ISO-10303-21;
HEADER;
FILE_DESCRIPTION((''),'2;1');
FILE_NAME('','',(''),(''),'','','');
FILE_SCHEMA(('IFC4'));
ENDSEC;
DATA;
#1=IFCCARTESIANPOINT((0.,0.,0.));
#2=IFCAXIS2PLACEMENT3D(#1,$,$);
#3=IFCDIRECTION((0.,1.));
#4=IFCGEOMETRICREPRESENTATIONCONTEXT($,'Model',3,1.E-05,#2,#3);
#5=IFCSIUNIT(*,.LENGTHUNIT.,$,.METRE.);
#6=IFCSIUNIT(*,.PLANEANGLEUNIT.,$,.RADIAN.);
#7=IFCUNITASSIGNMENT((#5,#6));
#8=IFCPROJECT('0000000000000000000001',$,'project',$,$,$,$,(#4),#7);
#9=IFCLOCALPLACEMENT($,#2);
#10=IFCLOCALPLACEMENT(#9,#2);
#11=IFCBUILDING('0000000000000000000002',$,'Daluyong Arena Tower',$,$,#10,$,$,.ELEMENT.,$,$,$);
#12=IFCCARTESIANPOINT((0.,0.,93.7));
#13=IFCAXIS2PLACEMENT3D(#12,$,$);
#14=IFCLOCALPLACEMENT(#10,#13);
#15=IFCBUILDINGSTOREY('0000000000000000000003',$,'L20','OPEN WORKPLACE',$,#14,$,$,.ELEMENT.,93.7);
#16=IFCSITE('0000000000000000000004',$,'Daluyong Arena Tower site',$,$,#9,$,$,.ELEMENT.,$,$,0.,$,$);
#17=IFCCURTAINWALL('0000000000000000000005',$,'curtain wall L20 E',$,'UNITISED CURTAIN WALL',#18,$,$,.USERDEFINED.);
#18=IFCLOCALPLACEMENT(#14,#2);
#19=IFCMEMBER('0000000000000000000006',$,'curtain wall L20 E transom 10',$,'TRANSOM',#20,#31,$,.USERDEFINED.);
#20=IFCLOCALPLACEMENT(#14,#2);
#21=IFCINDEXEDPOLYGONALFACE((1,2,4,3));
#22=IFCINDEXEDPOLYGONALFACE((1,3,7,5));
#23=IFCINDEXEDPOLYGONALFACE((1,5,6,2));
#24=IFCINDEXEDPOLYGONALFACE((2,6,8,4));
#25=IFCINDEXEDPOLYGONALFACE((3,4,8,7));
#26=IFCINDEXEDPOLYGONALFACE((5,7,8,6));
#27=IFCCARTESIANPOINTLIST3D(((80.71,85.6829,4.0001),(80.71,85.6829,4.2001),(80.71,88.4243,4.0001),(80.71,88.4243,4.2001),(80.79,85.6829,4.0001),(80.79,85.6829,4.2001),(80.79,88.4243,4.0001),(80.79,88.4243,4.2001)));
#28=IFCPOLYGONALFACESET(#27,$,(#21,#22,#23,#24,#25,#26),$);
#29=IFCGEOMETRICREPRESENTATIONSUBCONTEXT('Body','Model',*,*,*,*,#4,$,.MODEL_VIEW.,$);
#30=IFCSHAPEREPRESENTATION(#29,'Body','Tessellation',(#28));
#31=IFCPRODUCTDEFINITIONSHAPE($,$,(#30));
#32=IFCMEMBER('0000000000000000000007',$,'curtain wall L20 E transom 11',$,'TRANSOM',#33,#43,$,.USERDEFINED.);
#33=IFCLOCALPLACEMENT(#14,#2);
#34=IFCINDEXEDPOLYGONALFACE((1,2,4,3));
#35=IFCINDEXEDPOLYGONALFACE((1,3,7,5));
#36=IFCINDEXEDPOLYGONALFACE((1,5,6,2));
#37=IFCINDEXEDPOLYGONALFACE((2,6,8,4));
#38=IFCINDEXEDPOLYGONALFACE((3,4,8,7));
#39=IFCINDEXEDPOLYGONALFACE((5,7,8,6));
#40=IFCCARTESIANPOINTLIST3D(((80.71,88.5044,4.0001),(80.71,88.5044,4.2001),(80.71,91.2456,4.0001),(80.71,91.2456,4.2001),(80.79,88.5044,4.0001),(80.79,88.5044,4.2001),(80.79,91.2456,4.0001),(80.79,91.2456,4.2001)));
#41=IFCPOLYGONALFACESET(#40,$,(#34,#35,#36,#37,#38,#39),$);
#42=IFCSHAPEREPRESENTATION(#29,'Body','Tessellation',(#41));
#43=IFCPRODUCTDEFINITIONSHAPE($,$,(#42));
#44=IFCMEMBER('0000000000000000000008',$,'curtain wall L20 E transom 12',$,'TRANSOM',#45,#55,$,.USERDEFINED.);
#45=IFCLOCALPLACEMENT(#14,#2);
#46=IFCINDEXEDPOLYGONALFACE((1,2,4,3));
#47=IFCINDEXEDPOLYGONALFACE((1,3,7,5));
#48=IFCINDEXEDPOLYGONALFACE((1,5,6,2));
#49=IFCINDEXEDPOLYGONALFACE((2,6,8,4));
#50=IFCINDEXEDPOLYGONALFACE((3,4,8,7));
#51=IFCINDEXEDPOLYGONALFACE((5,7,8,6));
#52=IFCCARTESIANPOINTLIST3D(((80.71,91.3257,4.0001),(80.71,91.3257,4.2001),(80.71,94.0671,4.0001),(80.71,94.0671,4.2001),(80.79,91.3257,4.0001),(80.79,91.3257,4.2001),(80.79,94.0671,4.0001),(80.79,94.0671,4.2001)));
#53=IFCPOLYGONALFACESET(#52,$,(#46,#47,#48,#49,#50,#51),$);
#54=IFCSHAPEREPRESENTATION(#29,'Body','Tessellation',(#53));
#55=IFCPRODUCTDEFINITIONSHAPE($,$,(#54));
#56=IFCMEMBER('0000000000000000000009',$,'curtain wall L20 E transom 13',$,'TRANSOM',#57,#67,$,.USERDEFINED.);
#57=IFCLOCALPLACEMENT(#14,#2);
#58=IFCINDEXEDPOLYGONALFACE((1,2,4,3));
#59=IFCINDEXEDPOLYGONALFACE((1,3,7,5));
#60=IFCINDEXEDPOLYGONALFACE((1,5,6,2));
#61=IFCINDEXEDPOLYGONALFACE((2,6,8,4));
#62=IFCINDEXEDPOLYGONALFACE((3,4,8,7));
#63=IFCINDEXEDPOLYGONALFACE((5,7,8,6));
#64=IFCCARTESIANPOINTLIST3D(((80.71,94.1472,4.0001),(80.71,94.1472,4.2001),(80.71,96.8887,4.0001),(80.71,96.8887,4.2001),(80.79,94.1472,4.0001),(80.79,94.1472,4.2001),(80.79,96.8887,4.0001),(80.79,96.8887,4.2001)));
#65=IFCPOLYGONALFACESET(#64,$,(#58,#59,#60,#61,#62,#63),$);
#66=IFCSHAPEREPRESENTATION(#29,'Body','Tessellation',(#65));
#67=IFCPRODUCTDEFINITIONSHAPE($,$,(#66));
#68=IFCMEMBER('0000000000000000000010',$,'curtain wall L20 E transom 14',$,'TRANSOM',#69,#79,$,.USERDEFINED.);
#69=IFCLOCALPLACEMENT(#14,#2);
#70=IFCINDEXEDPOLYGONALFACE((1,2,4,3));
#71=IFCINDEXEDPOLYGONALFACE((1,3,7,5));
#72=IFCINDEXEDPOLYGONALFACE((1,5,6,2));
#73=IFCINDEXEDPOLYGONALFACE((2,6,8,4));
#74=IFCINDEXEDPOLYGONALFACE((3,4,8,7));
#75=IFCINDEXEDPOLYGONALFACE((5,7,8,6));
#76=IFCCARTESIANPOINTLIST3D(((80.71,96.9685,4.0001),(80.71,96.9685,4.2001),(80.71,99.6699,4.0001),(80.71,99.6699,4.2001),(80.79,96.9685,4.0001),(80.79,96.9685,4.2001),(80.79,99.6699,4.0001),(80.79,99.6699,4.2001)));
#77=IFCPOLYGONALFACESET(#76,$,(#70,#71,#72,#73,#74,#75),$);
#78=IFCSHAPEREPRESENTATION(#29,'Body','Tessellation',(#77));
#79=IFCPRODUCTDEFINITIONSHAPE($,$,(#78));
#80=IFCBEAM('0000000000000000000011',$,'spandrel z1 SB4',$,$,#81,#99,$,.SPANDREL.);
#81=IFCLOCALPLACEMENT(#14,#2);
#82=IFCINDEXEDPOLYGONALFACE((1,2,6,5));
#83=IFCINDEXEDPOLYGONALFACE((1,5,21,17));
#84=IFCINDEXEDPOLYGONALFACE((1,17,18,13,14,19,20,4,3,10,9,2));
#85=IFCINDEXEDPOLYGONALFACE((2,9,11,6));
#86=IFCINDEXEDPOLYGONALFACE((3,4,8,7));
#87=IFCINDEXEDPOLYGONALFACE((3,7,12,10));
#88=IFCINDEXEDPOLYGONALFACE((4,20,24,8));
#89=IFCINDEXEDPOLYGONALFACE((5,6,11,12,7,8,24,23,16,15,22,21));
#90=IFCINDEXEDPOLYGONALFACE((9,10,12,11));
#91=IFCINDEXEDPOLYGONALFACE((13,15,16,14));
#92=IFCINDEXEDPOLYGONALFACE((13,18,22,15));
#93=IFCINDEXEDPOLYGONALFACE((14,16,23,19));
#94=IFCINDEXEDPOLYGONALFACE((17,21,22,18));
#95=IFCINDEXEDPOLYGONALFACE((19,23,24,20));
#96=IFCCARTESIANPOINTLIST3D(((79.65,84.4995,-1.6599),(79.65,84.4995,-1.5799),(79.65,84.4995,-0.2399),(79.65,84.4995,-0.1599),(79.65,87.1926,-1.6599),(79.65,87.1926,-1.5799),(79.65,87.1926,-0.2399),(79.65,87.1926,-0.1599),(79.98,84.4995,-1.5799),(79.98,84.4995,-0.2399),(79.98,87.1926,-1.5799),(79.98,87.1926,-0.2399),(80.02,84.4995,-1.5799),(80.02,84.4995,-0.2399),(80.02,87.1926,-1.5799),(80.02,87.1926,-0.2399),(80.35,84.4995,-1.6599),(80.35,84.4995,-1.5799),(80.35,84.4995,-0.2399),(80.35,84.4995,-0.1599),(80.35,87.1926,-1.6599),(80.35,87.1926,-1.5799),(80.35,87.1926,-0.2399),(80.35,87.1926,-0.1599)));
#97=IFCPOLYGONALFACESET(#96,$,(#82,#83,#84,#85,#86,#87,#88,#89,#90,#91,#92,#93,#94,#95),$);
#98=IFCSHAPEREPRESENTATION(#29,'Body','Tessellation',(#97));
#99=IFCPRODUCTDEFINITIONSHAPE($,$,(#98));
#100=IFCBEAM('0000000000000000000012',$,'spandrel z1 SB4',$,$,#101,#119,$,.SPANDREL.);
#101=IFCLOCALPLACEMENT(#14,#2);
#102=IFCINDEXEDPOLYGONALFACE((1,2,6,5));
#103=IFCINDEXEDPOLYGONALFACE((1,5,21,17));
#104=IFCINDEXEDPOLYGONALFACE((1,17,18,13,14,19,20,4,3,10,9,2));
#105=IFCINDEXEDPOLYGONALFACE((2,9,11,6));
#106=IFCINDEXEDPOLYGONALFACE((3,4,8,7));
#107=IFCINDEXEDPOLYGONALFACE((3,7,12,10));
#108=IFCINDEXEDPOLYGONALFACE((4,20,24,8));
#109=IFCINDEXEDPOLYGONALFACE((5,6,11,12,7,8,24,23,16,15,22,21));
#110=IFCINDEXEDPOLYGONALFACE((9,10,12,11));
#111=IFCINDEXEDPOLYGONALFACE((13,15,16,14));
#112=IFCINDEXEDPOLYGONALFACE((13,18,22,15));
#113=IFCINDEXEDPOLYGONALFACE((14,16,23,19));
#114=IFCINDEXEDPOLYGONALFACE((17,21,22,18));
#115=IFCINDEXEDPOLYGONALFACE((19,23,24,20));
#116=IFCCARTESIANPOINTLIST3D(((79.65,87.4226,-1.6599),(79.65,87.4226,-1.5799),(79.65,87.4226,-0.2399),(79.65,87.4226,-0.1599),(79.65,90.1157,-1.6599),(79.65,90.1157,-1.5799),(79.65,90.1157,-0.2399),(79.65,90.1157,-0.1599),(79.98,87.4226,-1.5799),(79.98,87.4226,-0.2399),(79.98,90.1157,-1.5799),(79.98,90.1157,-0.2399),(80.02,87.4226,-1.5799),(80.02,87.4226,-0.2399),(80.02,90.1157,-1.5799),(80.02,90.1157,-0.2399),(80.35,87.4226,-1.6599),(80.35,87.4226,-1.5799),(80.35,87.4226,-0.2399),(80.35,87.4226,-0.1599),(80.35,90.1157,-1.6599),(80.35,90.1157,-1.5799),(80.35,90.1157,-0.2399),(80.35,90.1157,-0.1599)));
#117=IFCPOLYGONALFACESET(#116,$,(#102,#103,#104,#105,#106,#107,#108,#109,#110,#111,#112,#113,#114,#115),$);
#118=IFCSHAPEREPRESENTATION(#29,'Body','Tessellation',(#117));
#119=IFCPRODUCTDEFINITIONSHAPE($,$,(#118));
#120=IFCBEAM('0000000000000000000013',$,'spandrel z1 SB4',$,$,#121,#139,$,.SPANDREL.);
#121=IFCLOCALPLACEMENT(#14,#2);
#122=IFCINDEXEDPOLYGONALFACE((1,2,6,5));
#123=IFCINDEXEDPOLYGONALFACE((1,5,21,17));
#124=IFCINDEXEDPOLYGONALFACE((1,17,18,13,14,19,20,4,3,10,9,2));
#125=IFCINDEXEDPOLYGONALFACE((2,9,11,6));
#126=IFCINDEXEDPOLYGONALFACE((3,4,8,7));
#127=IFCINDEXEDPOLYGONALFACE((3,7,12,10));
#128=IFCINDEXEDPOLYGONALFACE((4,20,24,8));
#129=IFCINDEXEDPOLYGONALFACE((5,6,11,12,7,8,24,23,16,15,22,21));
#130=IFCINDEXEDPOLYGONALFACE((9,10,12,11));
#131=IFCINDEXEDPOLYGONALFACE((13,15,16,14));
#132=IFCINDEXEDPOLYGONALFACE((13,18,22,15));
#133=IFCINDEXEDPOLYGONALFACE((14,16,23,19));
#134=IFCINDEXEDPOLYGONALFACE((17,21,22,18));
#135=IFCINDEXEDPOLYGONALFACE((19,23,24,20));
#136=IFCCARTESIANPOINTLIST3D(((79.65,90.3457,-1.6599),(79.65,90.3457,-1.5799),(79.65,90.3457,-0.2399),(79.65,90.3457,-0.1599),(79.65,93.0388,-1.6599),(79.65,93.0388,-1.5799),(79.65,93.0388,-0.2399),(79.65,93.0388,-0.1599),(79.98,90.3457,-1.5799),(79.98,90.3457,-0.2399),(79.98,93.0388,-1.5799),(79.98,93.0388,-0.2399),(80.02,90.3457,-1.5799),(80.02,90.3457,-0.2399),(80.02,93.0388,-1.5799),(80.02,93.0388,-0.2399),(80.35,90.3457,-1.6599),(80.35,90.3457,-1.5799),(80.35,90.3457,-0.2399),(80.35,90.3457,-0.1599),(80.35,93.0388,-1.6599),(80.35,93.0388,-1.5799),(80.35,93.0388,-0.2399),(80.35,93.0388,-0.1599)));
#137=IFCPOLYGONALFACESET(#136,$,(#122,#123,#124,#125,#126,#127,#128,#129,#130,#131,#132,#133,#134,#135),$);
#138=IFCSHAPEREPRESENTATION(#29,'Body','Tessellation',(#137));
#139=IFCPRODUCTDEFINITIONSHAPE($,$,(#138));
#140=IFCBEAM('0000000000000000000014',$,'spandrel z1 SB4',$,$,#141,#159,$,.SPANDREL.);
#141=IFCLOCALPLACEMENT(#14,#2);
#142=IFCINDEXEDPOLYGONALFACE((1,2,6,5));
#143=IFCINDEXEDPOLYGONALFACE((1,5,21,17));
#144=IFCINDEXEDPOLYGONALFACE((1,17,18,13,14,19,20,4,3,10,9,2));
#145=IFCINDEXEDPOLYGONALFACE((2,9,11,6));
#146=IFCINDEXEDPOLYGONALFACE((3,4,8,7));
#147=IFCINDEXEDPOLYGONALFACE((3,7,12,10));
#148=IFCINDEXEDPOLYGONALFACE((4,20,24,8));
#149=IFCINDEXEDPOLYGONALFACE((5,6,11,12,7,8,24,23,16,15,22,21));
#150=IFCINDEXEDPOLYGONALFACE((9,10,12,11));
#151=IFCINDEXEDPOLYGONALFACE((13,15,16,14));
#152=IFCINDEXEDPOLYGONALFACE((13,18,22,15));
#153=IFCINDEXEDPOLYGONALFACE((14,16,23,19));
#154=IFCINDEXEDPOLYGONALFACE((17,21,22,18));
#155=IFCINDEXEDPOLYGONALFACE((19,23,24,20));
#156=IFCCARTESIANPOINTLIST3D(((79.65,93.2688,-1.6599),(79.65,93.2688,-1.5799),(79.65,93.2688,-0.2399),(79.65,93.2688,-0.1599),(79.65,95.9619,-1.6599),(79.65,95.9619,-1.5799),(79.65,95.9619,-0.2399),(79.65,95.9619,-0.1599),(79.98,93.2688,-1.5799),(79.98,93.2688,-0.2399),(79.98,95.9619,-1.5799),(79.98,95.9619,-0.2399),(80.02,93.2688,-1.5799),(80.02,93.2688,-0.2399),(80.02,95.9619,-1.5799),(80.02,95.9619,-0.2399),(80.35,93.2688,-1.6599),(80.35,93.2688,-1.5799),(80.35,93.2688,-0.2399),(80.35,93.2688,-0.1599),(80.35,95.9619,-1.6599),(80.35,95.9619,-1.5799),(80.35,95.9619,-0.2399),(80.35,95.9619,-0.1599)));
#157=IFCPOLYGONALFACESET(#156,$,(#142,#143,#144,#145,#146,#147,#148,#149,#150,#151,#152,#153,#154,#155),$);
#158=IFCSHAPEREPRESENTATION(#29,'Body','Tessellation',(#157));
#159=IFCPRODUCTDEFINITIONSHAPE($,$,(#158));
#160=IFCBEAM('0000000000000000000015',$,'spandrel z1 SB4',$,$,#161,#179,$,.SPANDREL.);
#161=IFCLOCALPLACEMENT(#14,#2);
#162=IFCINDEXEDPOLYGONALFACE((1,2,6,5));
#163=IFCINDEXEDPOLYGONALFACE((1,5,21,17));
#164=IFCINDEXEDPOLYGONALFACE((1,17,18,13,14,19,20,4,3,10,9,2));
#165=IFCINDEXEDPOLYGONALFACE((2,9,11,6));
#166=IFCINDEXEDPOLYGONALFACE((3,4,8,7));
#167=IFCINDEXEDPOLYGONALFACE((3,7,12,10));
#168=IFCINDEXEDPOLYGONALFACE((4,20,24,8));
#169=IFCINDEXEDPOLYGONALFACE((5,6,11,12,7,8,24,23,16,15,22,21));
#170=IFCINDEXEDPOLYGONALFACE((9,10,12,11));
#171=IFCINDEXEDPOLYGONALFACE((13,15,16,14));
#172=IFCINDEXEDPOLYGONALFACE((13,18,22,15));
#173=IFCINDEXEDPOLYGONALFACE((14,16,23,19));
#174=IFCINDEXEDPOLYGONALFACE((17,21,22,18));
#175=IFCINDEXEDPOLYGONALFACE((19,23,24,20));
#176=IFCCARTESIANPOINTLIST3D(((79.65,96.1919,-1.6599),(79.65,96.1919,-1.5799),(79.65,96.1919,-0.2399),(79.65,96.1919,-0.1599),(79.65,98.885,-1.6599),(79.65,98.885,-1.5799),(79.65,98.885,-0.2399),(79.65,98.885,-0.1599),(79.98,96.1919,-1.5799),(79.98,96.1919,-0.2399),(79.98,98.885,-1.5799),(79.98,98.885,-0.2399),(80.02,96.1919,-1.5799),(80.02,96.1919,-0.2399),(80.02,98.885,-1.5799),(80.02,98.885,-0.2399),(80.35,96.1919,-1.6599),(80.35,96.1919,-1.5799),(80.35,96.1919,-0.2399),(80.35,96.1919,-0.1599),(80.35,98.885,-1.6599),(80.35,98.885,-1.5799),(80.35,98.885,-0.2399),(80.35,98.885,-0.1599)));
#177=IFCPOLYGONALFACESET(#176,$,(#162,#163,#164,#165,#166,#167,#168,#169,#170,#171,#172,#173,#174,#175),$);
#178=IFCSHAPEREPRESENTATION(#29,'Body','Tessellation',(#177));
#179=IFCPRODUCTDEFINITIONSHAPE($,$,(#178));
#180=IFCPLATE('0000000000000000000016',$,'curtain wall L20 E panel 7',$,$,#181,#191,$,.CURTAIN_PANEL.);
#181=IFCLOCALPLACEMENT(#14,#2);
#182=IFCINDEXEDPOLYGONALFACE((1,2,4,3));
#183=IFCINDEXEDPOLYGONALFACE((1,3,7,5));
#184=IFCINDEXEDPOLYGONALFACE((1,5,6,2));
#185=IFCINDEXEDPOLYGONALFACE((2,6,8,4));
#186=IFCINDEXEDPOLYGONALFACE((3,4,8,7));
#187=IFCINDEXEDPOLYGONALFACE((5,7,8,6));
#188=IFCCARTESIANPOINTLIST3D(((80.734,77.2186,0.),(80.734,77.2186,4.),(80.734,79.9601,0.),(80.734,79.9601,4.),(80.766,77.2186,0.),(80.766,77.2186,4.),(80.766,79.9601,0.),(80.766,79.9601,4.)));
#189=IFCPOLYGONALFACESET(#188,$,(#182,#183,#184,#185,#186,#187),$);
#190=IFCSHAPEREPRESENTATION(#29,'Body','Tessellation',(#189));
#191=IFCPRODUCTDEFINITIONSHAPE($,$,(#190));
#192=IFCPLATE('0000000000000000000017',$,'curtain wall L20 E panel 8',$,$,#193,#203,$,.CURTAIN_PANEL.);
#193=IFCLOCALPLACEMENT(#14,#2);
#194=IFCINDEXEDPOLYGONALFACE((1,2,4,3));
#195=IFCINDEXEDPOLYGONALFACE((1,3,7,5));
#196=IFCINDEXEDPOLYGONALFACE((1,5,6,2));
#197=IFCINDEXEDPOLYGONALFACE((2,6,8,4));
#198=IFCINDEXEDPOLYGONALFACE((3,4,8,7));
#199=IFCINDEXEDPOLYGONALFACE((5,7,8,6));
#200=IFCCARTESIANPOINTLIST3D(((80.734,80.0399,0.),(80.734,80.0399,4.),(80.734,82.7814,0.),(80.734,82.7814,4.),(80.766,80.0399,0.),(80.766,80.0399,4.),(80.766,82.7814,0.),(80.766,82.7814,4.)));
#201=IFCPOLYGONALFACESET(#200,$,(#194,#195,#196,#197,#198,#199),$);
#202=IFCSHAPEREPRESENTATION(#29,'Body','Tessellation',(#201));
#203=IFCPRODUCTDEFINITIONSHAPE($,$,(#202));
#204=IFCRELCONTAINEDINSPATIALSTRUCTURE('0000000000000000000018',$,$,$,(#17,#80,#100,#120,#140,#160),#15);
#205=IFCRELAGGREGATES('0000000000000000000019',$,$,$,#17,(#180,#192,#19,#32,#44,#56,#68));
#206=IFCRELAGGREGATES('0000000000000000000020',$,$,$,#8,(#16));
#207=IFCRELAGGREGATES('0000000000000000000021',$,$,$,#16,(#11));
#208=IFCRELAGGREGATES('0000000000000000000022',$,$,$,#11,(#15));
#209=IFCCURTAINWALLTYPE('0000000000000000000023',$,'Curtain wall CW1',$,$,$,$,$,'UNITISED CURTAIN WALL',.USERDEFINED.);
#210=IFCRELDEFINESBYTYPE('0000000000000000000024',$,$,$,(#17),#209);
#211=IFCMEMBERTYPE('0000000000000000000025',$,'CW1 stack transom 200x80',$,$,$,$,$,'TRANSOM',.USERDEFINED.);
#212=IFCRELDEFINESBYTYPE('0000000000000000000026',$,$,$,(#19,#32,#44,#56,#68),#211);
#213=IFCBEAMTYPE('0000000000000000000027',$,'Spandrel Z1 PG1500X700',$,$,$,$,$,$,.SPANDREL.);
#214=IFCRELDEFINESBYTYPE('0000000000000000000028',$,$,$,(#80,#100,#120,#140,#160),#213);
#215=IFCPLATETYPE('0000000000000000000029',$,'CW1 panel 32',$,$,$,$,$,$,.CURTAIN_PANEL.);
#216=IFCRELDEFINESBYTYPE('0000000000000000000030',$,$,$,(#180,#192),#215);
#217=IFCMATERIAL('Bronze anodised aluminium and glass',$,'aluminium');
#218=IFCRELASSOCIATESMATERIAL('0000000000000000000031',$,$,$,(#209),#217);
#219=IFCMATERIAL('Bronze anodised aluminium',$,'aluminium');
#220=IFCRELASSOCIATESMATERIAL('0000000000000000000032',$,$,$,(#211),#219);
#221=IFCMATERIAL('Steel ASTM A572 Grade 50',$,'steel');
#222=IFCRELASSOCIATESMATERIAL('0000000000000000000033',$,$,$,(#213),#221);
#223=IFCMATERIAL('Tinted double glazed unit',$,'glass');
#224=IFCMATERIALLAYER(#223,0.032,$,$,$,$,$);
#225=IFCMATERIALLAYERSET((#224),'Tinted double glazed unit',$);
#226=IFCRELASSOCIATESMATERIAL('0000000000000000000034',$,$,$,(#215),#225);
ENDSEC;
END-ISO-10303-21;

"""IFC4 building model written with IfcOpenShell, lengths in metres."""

from ifc_helpers import new_model, si_unit, direction, frame, origin, origin_2d, place, context, subcontext, project, spatial, rectangle, i_section, extrude, material, layer, layer_set, material_profile, profile_set, type_object, element, aggregate, save


model = new_model("IFC4")

# Units and contexts
model_context = context("Model", 3, precision=1e-05, world=origin(), true_north=direction((0.0, 1.0)))
body_context = subcontext(model_context, "Body", "Model", "MODEL_VIEW")
ifc_project = project(units=[si_unit("LENGTHUNIT", "METRE"), si_unit("PLANEANGLEUNIT", "RADIAN")], contexts=[model_context])

# Site, building, storey
site_placement = place(None, origin())
site = spatial("IfcSite", under=ifc_project, at=site_placement, Name="Daluyong Arena Tower site", CompositionType="ELEMENT", RefElevation=0.0)
building_placement = place(site_placement, origin())
building = spatial("IfcBuilding", under=site, at=building_placement, Name="Daluyong Arena Tower", CompositionType="ELEMENT")
storey_placement = place(building_placement, frame((0.0, 0.0, 93.7)))
storey = spatial("IfcBuildingStorey", under=building, at=storey_placement, Name="L20", Description="OPEN WORKPLACE", CompositionType="ELEMENT", Elevation=93.7)

# Curtain wall, members
ifc_material_1 = material(Name="Bronze anodised aluminium and glass", Category="aluminium")
curtain_wall_type = type_object("IfcCurtainWallType", Name="Curtain wall CW1", ElementType="UNITISED CURTAIN WALL", PredefinedType="USERDEFINED", material=ifc_material_1)
curtain_wall_placement = place(storey_placement, origin())
curtain_wall = element("IfcCurtainWall", 1, at=curtain_wall_placement, inside=storey, type_object=curtain_wall_type, Name="curtain wall L20 E", ObjectType="UNITISED CURTAIN WALL", PredefinedType="USERDEFINED")
ifc_material_2 = material(Name="Bronze anodised aluminium", Category="aluminium")
ifc_material_profile_1 = material_profile(ifc_material_2, rectangle(XDim=0.0801, YDim=0.2, at=origin_2d()))
ifc_profile_set_1 = profile_set([ifc_material_profile_1], Name="Bronze anodised aluminium")
member_type_1 = type_object("IfcMemberType", Name="CW1 stack transom 200x80", ElementType="TRANSOM", PredefinedType="USERDEFINED", material=ifc_profile_set_1)
member_1_placement = place(storey_placement, frame((80.75, 85.6829, 4.1001), z_axis=(0.0, 1.0, 0.0), x_axis=(-1.0, 0.0, 0.0)))
member_1 = element("IfcMember", 2, at=member_1_placement, type_object=member_type_1, Name="curtain wall L20 E transom 10", ObjectType="TRANSOM", PredefinedType="USERDEFINED", context=body_context, shape_type="SweptSolid", body=[
    extrude(rectangle(XDim=0.0801, YDim=0.2, at=origin_2d()), origin(), (0.0, 0.0, 1.0), 2.7415),
])
member_2_placement = place(storey_placement, frame((80.75, 88.5044, 4.1001), z_axis=(0.0, 1.0, 0.0), x_axis=(-1.0, 0.0, 0.0)))
member_2 = element("IfcMember", 3, at=member_2_placement, type_object=member_type_1, Name="curtain wall L20 E transom 11", ObjectType="TRANSOM", PredefinedType="USERDEFINED", context=body_context, shape_type="SweptSolid", body=[
    extrude(rectangle(XDim=0.0801, YDim=0.2, at=origin_2d()), origin(), (0.0, 0.0, 1.0), 2.7412),
])
member_3_placement = place(storey_placement, frame((80.75, 91.3257, 4.1001), z_axis=(0.0, 1.0, 0.0), x_axis=(-1.0, 0.0, 0.0)))
member_3 = element("IfcMember", 4, at=member_3_placement, type_object=member_type_1, Name="curtain wall L20 E transom 12", ObjectType="TRANSOM", PredefinedType="USERDEFINED", context=body_context, shape_type="SweptSolid", body=[
    extrude(rectangle(XDim=0.0801, YDim=0.2, at=origin_2d()), origin(), (0.0, 0.0, 1.0), 2.7415),
])
member_4_placement = place(storey_placement, frame((80.75, 94.1472, 4.1001), z_axis=(0.0, 1.0, 0.0), x_axis=(-1.0, 0.0, 0.0)))
member_4 = element("IfcMember", 5, at=member_4_placement, type_object=member_type_1, Name="curtain wall L20 E transom 13", ObjectType="TRANSOM", PredefinedType="USERDEFINED", context=body_context, shape_type="SweptSolid", body=[
    extrude(rectangle(XDim=0.0801, YDim=0.2, at=origin_2d()), origin(), (0.0, 0.0, 1.0), 2.7415),
])
member_5_placement = place(storey_placement, frame((80.75, 96.9685, 4.1001), z_axis=(0.0, 1.0, 0.0), x_axis=(-1.0, 0.0, 0.0)))
member_5 = element("IfcMember", 6, at=member_5_placement, type_object=member_type_1, Name="curtain wall L20 E transom 14", ObjectType="TRANSOM", PredefinedType="USERDEFINED", context=body_context, shape_type="SweptSolid", body=[
    extrude(rectangle(XDim=0.0801, YDim=0.2, at=origin_2d()), origin(), (0.0, 0.0, 1.0), 2.7014),
])

# Beams
ifc_material_3 = material(Name="Steel ASTM A572 Grade 50", Category="steel")
ifc_material_profile_2 = material_profile(ifc_material_3, i_section(OverallWidth=0.7, OverallDepth=1.5, WebThickness=0.04, FlangeThickness=0.08, at=origin_2d()))
ifc_profile_set_2 = profile_set([ifc_material_profile_2], Name="Steel ASTM A572 Grade 50")
beam_type = type_object("IfcBeamType", Name="Spandrel Z1 PG1500X700", PredefinedType="SPANDREL", material=ifc_profile_set_2)
for number, where, z_axis, x_axis, name in (
    (7, (80.0, 84.4995, -0.9099), (0.0, 1.0, 0.0), (-1.0, 0.0, 0.0), "spandrel z1 SB4"),
    (8, (80.0, 87.4226, -0.9099), (0.0, 1.0, 0.0), (-1.0, 0.0, 0.0), "spandrel z1 SB4"),
    (9, (80.0, 90.3457, -0.9099), (0.0, 1.0, 0.0), (-1.0, 0.0, 0.0), "spandrel z1 SB4"),
    (10, (80.0, 93.2688, -0.9099), (0.0, 1.0, 0.0), (-1.0, 0.0, 0.0), "spandrel z1 SB4"),
    (11, (80.0, 96.1919, -0.9099), (0.0, 1.0, 0.0), (-1.0, 0.0, 0.0), "spandrel z1 SB4"),
):
    element("IfcBeam", number, at=place(storey_placement, frame(where, z_axis=z_axis, x_axis=x_axis)), inside=storey, type_object=beam_type, Name=name, PredefinedType="SPANDREL", context=body_context, shape_type="SweptSolid", body=[
        extrude(i_section(OverallWidth=0.7, OverallDepth=1.5, WebThickness=0.04, FlangeThickness=0.08, at=origin_2d()), origin(), (0.0, 0.0, 1.0), 2.6931),
    ])

# Plates
ifc_material_4 = material(Name="Tinted double glazed unit", Category="glass")
ifc_layer = layer(ifc_material_4, 0.032)
ifc_layer_set = layer_set([ifc_layer], Name="Tinted double glazed unit")
plate_type = type_object("IfcPlateType", Name="CW1 panel 32", PredefinedType="CURTAIN_PANEL", material=ifc_layer_set)
plate_1_placement = place(storey_placement, frame((80.75, 78.5894, 0.0), z_axis=(0.0, 0.0, 1.0), x_axis=(0.0, 1.0, 0.0)))
plate_1 = element("IfcPlate", 12, at=plate_1_placement, type_object=plate_type, Name="curtain wall L20 E panel 7", PredefinedType="CURTAIN_PANEL", context=body_context, shape_type="SweptSolid", body=[
    extrude(rectangle(XDim=2.7415, YDim=0.032, at=origin_2d()), origin(), (0.0, 0.0, 1.0), 4.0),
])
plate_2_placement = place(storey_placement, frame((80.75, 81.4106, 0.0), z_axis=(0.0, 0.0, 1.0), x_axis=(0.0, 1.0, 0.0)))
plate_2 = element("IfcPlate", 13, at=plate_2_placement, type_object=plate_type, Name="curtain wall L20 E panel 8", PredefinedType="CURTAIN_PANEL", context=body_context, shape_type="SweptSolid", body=[
    extrude(rectangle(XDim=2.7415, YDim=0.032, at=origin_2d()), origin(), (0.0, 0.0, 1.0), 4.0),
])
aggregate(curtain_wall, [plate_1, plate_2, member_1, member_2, member_3, member_4, member_5])

save(model, "model.ifc")
